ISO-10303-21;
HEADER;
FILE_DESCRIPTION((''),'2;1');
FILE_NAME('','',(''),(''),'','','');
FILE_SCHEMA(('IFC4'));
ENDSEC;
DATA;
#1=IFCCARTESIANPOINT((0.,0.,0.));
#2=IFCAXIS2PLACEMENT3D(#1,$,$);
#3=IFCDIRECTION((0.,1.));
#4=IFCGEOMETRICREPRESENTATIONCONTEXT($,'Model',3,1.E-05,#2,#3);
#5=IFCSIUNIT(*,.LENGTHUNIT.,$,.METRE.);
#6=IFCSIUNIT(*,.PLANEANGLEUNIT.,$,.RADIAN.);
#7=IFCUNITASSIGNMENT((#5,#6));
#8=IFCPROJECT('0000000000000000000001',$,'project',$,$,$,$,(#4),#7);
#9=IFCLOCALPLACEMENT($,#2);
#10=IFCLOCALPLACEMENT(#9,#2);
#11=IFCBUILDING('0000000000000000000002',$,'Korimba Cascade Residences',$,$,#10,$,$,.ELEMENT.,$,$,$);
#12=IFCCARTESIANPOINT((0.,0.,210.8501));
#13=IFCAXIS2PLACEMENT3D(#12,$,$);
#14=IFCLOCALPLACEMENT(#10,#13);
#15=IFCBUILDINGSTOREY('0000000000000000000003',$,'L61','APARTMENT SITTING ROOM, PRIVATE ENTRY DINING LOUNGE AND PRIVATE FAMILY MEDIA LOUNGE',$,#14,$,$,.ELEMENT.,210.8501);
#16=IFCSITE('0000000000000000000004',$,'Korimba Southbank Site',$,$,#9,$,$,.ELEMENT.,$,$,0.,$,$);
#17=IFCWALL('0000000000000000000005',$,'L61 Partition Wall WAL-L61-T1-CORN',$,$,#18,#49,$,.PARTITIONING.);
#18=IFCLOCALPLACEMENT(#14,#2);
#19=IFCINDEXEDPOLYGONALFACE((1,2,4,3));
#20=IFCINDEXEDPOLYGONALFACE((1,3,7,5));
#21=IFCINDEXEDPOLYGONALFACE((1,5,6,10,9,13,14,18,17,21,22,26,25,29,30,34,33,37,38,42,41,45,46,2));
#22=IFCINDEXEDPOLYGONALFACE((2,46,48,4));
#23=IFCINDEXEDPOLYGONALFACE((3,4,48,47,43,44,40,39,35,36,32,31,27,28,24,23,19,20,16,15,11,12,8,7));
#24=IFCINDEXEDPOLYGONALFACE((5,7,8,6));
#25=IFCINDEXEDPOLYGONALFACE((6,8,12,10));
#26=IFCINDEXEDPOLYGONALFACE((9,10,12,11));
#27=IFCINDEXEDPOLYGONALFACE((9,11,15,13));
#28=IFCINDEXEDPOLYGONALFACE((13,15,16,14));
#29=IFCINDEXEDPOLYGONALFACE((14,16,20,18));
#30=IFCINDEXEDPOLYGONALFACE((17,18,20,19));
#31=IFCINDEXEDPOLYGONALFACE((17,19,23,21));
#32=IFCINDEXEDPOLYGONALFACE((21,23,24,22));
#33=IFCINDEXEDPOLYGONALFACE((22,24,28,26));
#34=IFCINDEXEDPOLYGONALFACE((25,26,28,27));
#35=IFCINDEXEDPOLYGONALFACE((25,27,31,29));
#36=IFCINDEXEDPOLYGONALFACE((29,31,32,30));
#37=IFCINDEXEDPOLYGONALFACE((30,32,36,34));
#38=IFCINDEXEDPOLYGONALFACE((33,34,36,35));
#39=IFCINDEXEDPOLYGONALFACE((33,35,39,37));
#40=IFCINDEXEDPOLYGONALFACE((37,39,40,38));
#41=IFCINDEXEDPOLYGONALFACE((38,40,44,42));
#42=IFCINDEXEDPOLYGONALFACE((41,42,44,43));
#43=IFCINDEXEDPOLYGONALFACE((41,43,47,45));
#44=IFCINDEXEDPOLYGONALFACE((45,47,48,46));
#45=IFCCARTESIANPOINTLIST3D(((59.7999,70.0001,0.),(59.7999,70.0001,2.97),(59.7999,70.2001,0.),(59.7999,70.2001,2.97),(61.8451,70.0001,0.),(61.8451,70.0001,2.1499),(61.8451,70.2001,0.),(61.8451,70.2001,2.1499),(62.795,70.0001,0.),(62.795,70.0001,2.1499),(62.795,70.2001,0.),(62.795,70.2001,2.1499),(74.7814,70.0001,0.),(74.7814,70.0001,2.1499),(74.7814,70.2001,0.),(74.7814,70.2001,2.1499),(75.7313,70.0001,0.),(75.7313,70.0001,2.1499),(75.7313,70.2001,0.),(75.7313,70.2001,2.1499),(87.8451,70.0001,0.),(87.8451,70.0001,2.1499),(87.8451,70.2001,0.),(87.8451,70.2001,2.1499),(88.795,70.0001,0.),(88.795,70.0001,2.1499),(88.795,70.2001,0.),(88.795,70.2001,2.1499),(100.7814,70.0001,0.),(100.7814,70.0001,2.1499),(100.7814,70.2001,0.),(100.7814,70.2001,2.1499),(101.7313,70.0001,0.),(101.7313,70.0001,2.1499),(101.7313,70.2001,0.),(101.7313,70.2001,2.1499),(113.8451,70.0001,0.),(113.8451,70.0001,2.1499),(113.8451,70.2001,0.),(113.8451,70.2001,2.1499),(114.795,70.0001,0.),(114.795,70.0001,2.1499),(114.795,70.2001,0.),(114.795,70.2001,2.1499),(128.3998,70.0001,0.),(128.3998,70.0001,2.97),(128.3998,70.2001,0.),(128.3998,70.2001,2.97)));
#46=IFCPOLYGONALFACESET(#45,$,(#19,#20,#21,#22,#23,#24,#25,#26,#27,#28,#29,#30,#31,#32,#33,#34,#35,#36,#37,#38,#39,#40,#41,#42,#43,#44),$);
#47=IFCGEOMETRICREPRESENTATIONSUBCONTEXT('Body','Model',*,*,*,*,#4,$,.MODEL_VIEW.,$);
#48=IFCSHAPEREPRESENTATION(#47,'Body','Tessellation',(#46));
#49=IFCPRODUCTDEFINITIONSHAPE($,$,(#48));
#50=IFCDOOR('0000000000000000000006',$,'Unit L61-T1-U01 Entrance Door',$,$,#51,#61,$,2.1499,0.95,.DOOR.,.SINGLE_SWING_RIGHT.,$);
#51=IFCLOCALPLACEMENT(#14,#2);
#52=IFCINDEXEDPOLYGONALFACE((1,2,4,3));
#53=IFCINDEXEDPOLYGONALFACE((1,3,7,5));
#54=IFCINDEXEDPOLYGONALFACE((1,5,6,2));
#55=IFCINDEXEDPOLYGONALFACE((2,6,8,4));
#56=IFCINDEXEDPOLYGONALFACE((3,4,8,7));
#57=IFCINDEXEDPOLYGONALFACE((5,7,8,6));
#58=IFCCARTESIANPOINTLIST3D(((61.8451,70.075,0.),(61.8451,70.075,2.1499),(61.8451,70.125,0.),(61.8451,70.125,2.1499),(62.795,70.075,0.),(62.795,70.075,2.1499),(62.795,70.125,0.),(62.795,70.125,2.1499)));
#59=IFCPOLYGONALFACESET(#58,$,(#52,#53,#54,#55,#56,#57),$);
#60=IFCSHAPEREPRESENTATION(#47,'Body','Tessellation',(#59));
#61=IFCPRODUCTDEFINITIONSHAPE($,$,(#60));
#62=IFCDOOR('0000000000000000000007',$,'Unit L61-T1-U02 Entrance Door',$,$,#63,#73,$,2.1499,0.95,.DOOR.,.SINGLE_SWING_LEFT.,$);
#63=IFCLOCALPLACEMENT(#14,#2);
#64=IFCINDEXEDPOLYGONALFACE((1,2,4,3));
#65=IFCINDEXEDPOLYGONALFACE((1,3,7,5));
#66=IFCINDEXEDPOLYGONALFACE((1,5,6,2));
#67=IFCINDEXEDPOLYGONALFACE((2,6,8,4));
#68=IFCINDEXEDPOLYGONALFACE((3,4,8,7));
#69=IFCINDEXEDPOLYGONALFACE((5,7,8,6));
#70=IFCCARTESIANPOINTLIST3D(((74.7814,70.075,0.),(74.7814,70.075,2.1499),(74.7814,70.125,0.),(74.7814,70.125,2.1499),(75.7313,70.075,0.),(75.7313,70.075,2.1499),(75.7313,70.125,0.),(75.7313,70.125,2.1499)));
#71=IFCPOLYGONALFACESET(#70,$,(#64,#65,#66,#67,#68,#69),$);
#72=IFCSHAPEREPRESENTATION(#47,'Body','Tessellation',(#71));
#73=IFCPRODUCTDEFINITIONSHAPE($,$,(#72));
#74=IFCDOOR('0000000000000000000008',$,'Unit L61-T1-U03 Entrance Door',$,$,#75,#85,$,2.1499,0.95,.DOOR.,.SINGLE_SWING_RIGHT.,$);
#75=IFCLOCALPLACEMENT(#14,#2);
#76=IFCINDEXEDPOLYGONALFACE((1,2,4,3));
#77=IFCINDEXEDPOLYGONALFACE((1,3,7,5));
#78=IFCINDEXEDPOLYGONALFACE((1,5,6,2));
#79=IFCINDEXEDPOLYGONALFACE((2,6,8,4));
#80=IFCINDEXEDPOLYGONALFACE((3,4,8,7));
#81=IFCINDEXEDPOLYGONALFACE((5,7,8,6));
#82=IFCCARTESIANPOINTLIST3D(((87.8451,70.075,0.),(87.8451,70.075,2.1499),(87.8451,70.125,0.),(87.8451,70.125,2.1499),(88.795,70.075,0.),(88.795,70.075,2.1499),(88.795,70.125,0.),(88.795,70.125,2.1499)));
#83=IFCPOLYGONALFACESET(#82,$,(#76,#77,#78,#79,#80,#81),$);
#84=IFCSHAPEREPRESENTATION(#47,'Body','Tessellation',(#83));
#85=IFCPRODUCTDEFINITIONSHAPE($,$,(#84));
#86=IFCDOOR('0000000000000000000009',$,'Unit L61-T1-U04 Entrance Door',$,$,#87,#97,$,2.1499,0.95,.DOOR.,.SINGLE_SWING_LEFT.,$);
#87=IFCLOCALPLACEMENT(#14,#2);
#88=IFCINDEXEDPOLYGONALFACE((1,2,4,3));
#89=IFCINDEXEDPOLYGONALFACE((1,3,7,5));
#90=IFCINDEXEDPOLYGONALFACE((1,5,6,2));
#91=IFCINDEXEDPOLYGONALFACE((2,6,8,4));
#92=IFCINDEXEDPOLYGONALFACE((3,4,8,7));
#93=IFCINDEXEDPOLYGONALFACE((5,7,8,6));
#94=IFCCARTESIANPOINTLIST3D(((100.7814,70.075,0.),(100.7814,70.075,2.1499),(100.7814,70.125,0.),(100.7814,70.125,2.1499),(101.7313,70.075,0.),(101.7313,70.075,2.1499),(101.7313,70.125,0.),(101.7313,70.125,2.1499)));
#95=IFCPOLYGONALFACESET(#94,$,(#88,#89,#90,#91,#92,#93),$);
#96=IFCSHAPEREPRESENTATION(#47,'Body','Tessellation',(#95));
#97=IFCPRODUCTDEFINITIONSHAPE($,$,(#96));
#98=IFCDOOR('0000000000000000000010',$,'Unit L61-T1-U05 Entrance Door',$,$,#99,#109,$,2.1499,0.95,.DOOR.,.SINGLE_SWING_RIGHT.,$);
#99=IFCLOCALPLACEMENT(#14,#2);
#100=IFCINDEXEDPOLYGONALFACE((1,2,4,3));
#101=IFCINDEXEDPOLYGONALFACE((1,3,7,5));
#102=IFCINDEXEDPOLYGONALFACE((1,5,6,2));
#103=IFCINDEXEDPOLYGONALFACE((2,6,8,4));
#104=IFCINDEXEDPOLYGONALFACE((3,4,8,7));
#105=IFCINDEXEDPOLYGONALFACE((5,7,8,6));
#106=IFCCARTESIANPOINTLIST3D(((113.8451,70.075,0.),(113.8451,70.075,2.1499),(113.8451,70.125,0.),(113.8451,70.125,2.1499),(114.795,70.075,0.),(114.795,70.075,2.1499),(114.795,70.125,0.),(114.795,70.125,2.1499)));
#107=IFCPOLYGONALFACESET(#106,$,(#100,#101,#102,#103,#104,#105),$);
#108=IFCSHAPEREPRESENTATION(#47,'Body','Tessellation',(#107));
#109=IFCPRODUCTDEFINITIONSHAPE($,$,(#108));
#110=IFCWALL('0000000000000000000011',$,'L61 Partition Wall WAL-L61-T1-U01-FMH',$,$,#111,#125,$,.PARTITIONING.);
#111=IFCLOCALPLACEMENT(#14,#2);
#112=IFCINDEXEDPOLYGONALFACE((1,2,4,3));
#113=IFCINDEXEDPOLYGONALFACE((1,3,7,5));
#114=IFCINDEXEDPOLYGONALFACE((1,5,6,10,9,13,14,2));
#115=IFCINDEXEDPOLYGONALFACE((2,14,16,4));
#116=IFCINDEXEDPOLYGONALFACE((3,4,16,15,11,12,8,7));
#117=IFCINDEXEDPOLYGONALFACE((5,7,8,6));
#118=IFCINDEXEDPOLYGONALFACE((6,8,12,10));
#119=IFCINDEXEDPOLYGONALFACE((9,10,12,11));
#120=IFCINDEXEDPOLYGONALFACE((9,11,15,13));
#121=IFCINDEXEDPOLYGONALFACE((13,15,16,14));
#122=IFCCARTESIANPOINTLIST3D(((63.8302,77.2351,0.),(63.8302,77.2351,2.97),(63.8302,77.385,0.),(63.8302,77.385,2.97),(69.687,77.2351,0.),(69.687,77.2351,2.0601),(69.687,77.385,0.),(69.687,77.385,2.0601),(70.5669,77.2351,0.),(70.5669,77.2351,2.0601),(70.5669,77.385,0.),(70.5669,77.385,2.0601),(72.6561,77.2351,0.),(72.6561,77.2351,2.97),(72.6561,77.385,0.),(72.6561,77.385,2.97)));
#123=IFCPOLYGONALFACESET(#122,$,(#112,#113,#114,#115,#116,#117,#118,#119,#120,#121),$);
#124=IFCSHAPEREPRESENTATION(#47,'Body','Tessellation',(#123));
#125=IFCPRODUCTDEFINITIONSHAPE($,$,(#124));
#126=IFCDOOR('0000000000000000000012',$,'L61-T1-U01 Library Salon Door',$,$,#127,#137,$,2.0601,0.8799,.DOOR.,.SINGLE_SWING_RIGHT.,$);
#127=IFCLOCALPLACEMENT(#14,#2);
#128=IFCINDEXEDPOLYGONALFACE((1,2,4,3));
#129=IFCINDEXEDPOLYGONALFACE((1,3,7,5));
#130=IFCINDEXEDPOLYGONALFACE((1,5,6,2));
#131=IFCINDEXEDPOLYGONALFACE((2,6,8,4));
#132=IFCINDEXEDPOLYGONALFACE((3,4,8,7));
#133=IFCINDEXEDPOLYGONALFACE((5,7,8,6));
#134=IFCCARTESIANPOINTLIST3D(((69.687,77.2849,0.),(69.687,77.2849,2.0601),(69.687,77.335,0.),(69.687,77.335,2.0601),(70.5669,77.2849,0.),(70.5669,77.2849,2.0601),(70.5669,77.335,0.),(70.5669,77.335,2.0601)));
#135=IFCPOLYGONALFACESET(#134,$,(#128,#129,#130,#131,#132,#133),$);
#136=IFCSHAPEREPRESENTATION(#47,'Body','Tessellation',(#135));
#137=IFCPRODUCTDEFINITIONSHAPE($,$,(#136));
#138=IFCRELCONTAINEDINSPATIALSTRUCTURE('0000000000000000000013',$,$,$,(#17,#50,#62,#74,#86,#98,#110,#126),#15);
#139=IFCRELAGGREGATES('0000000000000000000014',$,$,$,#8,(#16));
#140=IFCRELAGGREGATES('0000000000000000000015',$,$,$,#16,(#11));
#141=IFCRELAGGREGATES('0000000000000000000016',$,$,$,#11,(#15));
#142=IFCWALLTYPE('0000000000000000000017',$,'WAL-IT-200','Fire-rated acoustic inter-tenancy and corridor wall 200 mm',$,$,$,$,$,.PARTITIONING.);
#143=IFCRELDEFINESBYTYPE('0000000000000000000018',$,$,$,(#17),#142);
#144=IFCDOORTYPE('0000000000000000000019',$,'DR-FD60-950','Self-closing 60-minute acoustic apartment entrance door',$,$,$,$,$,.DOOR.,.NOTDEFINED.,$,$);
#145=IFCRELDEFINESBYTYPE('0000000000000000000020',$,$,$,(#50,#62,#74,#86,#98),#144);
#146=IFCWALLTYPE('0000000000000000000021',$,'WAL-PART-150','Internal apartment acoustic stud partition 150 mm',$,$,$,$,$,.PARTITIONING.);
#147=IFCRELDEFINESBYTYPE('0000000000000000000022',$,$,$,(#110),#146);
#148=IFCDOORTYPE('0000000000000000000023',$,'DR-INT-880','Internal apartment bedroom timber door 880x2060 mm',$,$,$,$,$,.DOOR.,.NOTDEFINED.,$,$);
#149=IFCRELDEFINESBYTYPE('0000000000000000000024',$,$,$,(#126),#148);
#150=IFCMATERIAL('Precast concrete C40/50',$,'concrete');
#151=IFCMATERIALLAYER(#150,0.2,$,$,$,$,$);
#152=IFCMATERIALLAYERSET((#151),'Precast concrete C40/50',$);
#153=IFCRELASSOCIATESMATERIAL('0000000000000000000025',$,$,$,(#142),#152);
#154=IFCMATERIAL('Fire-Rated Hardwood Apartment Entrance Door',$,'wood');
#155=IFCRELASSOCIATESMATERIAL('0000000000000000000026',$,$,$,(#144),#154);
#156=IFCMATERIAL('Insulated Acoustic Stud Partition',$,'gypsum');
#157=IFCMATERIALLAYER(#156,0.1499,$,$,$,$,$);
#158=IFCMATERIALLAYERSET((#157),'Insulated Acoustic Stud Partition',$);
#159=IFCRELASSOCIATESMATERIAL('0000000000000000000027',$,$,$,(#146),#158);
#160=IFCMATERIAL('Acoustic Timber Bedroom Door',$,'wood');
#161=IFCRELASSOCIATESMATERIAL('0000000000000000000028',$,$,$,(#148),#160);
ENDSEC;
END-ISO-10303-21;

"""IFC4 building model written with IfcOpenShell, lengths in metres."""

from ifc_helpers import new_model, si_unit, direction, frame, frame_2d, origin, place, context, subcontext, project, spatial, rectangle, extrude, material, layer, layer_set, type_object, element, fill, save


model = new_model("IFC4")

# Units and contexts
model_context = context("Model", 3, precision=1e-05, world=origin(), true_north=direction((0.0, 1.0)))
body_context = subcontext(model_context, "Body", "Model", "MODEL_VIEW")
ifc_project = project(units=[si_unit("LENGTHUNIT", "METRE"), si_unit("PLANEANGLEUNIT", "RADIAN")], contexts=[model_context])

# Site, building, storey
site_placement = place(None, origin())
site = spatial("IfcSite", under=ifc_project, at=site_placement, Name="Korimba Southbank Site", CompositionType="ELEMENT", RefElevation=0.0)
building_placement = place(site_placement, origin())
building = spatial("IfcBuilding", under=site, at=building_placement, Name="Korimba Cascade Residences", CompositionType="ELEMENT")
storey_placement = place(building_placement, frame((0.0, 0.0, 210.8501)))
storey = spatial("IfcBuildingStorey", under=building, at=storey_placement, Name="L61", Description="APARTMENT SITTING ROOM, PRIVATE ENTRY DINING LOUNGE AND PRIVATE FAMILY MEDIA LOUNGE", CompositionType="ELEMENT", Elevation=210.8501)

# Shared definitions
ifc_material_1 = material(Name="Precast concrete C40/50", Category="concrete")
ifc_layer_1 = layer(ifc_material_1, 0.2)
ifc_layer_set_1 = layer_set([ifc_layer_1], Name="Precast concrete C40/50")
wall_type_1 = type_object("IfcWallType", Name="WAL-IT-200", Description="Fire-rated acoustic inter-tenancy and corridor wall 200 mm", PredefinedType="PARTITIONING", material=ifc_layer_set_1)

# Wall, openings, doors
wall_1_placement = place(storey_placement, frame((59.8, 70.1001, 0.0), z_axis=(0.0, 0.0, 1.0), x_axis=(1.0, 0.0, 0.0)))
wall_1 = element("IfcWall", 1, at=wall_1_placement, inside=storey, type_object=wall_type_1, Name="L61 Partition Wall WAL-L61-T1-CORN", PredefinedType="PARTITIONING", context=body_context, shape_type="SweptSolid", body=[
    extrude(rectangle(XDim=68.5999, YDim=0.2, at=frame_2d((34.2998, 0.0))), origin(), (0.0, 0.0, 1.0), 2.97),
])
opening_1_placement = place(wall_1_placement, frame((2.0449, 0.0, 0.0)))
opening_1 = element("IfcOpeningElement", 2, at=opening_1_placement, cuts=wall_1, PredefinedType="OPENING", context=body_context, shape_type="SweptSolid", body=[
    extrude(rectangle(XDim=0.95, YDim=2.1499, at=frame_2d((0.4751, 1.075))), frame((0.0, 0.1099, 0.0), z_axis=(0.0, -1.0, 0.0), x_axis=(1.0, 0.0, 0.0)), (0.0, 0.0, 1.0), 0.22),
])
opening_2_placement = place(wall_1_placement, frame((14.9812, 0.0, 0.0)))
opening_2 = element("IfcOpeningElement", 3, at=opening_2_placement, cuts=wall_1, PredefinedType="OPENING", context=body_context, shape_type="SweptSolid", body=[
    extrude(rectangle(XDim=0.95, YDim=2.1499, at=frame_2d((0.4751, 1.075))), frame((0.0, 0.1099, 0.0), z_axis=(0.0, -1.0, 0.0), x_axis=(1.0, 0.0, 0.0)), (0.0, 0.0, 1.0), 0.22),
])
opening_3_placement = place(wall_1_placement, frame((28.0449, 0.0, 0.0)))
opening_3 = element("IfcOpeningElement", 4, at=opening_3_placement, cuts=wall_1, PredefinedType="OPENING", context=body_context, shape_type="SweptSolid", body=[
    extrude(rectangle(XDim=0.95, YDim=2.1499, at=frame_2d((0.4751, 1.075))), frame((0.0, 0.1099, 0.0), z_axis=(0.0, -1.0, 0.0), x_axis=(1.0, 0.0, 0.0)), (0.0, 0.0, 1.0), 0.22),
])
opening_4_placement = place(wall_1_placement, frame((40.9812, 0.0, 0.0)))
opening_4 = element("IfcOpeningElement", 5, at=opening_4_placement, cuts=wall_1, PredefinedType="OPENING", context=body_context, shape_type="SweptSolid", body=[
    extrude(rectangle(XDim=0.95, YDim=2.1499, at=frame_2d((0.4751, 1.075))), frame((0.0, 0.1099, 0.0), z_axis=(0.0, -1.0, 0.0), x_axis=(1.0, 0.0, 0.0)), (0.0, 0.0, 1.0), 0.22),
])
opening_5_placement = place(wall_1_placement, frame((54.0449, 0.0, 0.0)))
opening_5 = element("IfcOpeningElement", 6, at=opening_5_placement, cuts=wall_1, PredefinedType="OPENING", context=body_context, shape_type="SweptSolid", body=[
    extrude(rectangle(XDim=0.95, YDim=2.1499, at=frame_2d((0.4751, 1.075))), frame((0.0, 0.1099, 0.0), z_axis=(0.0, -1.0, 0.0), x_axis=(1.0, 0.0, 0.0)), (0.0, 0.0, 1.0), 0.22),
])
ifc_material_2 = material(Name="Fire-Rated Hardwood Apartment Entrance Door", Category="wood")
door_type_1 = type_object("IfcDoorType", Name="DR-FD60-950", Description="Self-closing 60-minute acoustic apartment entrance door", OperationType="NOTDEFINED", PredefinedType="DOOR", material=ifc_material_2)
door_1_placement = place(opening_1_placement, origin())
door_1 = element("IfcDoor", 7, at=door_1_placement, inside=storey, type_object=door_type_1, Name="Unit L61-T1-U01 Entrance Door", OperationType="SINGLE_SWING_RIGHT", OverallHeight=2.1499, OverallWidth=0.95, PredefinedType="DOOR", context=body_context, shape_type="SweptSolid", body=[
    extrude(rectangle(XDim=0.95, YDim=2.1499, at=frame_2d((0.4751, 1.075))), frame((0.0, 0.0249, 0.0), z_axis=(0.0, -1.0, 0.0), x_axis=(1.0, 0.0, 0.0)), (0.0, 0.0, 1.0), 0.05),
])
fill(opening_1, door_1)
door_2_placement = place(opening_2_placement, origin())
door_2 = element("IfcDoor", 8, at=door_2_placement, inside=storey, type_object=door_type_1, Name="Unit L61-T1-U02 Entrance Door", OperationType="SINGLE_SWING_LEFT", OverallHeight=2.1499, OverallWidth=0.95, PredefinedType="DOOR", context=body_context, shape_type="SweptSolid", body=[
    extrude(rectangle(XDim=0.95, YDim=2.1499, at=frame_2d((0.4751, 1.075))), frame((0.0, 0.0249, 0.0), z_axis=(0.0, -1.0, 0.0), x_axis=(1.0, 0.0, 0.0)), (0.0, 0.0, 1.0), 0.05),
])
fill(opening_2, door_2)
door_3_placement = place(opening_3_placement, origin())
door_3 = element("IfcDoor", 9, at=door_3_placement, inside=storey, type_object=door_type_1, Name="Unit L61-T1-U03 Entrance Door", OperationType="SINGLE_SWING_RIGHT", OverallHeight=2.1499, OverallWidth=0.95, PredefinedType="DOOR", context=body_context, shape_type="SweptSolid", body=[
    extrude(rectangle(XDim=0.95, YDim=2.1499, at=frame_2d((0.4751, 1.075))), frame((0.0, 0.0249, 0.0), z_axis=(0.0, -1.0, 0.0), x_axis=(1.0, 0.0, 0.0)), (0.0, 0.0, 1.0), 0.05),
])
fill(opening_3, door_3)
door_4_placement = place(opening_4_placement, origin())
door_4 = element("IfcDoor", 10, at=door_4_placement, inside=storey, type_object=door_type_1, Name="Unit L61-T1-U04 Entrance Door", OperationType="SINGLE_SWING_LEFT", OverallHeight=2.1499, OverallWidth=0.95, PredefinedType="DOOR", context=body_context, shape_type="SweptSolid", body=[
    extrude(rectangle(XDim=0.95, YDim=2.1499, at=frame_2d((0.4751, 1.075))), frame((0.0, 0.0249, 0.0), z_axis=(0.0, -1.0, 0.0), x_axis=(1.0, 0.0, 0.0)), (0.0, 0.0, 1.0), 0.05),
])
fill(opening_4, door_4)
door_5_placement = place(opening_5_placement, origin())
door_5 = element("IfcDoor", 11, at=door_5_placement, inside=storey, type_object=door_type_1, Name="Unit L61-T1-U05 Entrance Door", OperationType="SINGLE_SWING_RIGHT", OverallHeight=2.1499, OverallWidth=0.95, PredefinedType="DOOR", context=body_context, shape_type="SweptSolid", body=[
    extrude(rectangle(XDim=0.95, YDim=2.1499, at=frame_2d((0.4751, 1.075))), frame((0.0, 0.0249, 0.0), z_axis=(0.0, -1.0, 0.0), x_axis=(1.0, 0.0, 0.0)), (0.0, 0.0, 1.0), 0.05),
])
fill(opening_5, door_5)

# Wall, opening, door
ifc_material_3 = material(Name="Insulated Acoustic Stud Partition", Category="gypsum")
ifc_layer_2 = layer(ifc_material_3, 0.1499)
ifc_layer_set_2 = layer_set([ifc_layer_2], Name="Insulated Acoustic Stud Partition")
wall_type_2 = type_object("IfcWallType", Name="WAL-PART-150", Description="Internal apartment acoustic stud partition 150 mm", PredefinedType="PARTITIONING", material=ifc_layer_set_2)
wall_2_placement = place(storey_placement, frame((63.8301, 77.3101, 0.0), z_axis=(0.0, 0.0, 1.0), x_axis=(1.0, 0.0, 0.0)))
wall_2 = element("IfcWall", 12, at=wall_2_placement, inside=storey, type_object=wall_type_2, Name="L61 Partition Wall WAL-L61-T1-U01-FMH", PredefinedType="PARTITIONING", context=body_context, shape_type="SweptSolid", body=[
    extrude(rectangle(XDim=8.8259, YDim=0.1499, at=frame_2d((4.4131, 0.0))), origin(), (0.0, 0.0, 1.0), 2.97),
])
opening_6_placement = place(wall_2_placement, frame((5.8569, 0.0, 0.0)))
opening_6 = element("IfcOpeningElement", 13, at=opening_6_placement, cuts=wall_2, PredefinedType="OPENING", context=body_context, shape_type="SweptSolid", body=[
    extrude(rectangle(XDim=0.8799, YDim=2.0601, at=frame_2d((0.4399, 1.03))), frame((0.0, 0.085, 0.0), z_axis=(0.0, -1.0, 0.0), x_axis=(1.0, 0.0, 0.0)), (0.0, 0.0, 1.0), 0.1699),
])
ifc_material_4 = material(Name="Acoustic Timber Bedroom Door", Category="wood")
door_type_2 = type_object("IfcDoorType", Name="DR-INT-880", Description="Internal apartment bedroom timber door 880x2060 mm", OperationType="NOTDEFINED", PredefinedType="DOOR", material=ifc_material_4)
door_6_placement = place(opening_6_placement, origin())
door_6 = element("IfcDoor", 14, at=door_6_placement, inside=storey, type_object=door_type_2, Name="L61-T1-U01 Library Salon Door", OperationType="SINGLE_SWING_RIGHT", OverallHeight=2.0601, OverallWidth=0.8799, PredefinedType="DOOR", context=body_context, shape_type="SweptSolid", body=[
    extrude(rectangle(XDim=0.8799, YDim=2.0601, at=frame_2d((0.4399, 1.03))), frame((0.0, 0.0249, 0.0), z_axis=(0.0, -1.0, 0.0), x_axis=(1.0, 0.0, 0.0)), (0.0, 0.0, 1.0), 0.05),
])
fill(opening_6, door_6)

save(model, "model.ifc")
